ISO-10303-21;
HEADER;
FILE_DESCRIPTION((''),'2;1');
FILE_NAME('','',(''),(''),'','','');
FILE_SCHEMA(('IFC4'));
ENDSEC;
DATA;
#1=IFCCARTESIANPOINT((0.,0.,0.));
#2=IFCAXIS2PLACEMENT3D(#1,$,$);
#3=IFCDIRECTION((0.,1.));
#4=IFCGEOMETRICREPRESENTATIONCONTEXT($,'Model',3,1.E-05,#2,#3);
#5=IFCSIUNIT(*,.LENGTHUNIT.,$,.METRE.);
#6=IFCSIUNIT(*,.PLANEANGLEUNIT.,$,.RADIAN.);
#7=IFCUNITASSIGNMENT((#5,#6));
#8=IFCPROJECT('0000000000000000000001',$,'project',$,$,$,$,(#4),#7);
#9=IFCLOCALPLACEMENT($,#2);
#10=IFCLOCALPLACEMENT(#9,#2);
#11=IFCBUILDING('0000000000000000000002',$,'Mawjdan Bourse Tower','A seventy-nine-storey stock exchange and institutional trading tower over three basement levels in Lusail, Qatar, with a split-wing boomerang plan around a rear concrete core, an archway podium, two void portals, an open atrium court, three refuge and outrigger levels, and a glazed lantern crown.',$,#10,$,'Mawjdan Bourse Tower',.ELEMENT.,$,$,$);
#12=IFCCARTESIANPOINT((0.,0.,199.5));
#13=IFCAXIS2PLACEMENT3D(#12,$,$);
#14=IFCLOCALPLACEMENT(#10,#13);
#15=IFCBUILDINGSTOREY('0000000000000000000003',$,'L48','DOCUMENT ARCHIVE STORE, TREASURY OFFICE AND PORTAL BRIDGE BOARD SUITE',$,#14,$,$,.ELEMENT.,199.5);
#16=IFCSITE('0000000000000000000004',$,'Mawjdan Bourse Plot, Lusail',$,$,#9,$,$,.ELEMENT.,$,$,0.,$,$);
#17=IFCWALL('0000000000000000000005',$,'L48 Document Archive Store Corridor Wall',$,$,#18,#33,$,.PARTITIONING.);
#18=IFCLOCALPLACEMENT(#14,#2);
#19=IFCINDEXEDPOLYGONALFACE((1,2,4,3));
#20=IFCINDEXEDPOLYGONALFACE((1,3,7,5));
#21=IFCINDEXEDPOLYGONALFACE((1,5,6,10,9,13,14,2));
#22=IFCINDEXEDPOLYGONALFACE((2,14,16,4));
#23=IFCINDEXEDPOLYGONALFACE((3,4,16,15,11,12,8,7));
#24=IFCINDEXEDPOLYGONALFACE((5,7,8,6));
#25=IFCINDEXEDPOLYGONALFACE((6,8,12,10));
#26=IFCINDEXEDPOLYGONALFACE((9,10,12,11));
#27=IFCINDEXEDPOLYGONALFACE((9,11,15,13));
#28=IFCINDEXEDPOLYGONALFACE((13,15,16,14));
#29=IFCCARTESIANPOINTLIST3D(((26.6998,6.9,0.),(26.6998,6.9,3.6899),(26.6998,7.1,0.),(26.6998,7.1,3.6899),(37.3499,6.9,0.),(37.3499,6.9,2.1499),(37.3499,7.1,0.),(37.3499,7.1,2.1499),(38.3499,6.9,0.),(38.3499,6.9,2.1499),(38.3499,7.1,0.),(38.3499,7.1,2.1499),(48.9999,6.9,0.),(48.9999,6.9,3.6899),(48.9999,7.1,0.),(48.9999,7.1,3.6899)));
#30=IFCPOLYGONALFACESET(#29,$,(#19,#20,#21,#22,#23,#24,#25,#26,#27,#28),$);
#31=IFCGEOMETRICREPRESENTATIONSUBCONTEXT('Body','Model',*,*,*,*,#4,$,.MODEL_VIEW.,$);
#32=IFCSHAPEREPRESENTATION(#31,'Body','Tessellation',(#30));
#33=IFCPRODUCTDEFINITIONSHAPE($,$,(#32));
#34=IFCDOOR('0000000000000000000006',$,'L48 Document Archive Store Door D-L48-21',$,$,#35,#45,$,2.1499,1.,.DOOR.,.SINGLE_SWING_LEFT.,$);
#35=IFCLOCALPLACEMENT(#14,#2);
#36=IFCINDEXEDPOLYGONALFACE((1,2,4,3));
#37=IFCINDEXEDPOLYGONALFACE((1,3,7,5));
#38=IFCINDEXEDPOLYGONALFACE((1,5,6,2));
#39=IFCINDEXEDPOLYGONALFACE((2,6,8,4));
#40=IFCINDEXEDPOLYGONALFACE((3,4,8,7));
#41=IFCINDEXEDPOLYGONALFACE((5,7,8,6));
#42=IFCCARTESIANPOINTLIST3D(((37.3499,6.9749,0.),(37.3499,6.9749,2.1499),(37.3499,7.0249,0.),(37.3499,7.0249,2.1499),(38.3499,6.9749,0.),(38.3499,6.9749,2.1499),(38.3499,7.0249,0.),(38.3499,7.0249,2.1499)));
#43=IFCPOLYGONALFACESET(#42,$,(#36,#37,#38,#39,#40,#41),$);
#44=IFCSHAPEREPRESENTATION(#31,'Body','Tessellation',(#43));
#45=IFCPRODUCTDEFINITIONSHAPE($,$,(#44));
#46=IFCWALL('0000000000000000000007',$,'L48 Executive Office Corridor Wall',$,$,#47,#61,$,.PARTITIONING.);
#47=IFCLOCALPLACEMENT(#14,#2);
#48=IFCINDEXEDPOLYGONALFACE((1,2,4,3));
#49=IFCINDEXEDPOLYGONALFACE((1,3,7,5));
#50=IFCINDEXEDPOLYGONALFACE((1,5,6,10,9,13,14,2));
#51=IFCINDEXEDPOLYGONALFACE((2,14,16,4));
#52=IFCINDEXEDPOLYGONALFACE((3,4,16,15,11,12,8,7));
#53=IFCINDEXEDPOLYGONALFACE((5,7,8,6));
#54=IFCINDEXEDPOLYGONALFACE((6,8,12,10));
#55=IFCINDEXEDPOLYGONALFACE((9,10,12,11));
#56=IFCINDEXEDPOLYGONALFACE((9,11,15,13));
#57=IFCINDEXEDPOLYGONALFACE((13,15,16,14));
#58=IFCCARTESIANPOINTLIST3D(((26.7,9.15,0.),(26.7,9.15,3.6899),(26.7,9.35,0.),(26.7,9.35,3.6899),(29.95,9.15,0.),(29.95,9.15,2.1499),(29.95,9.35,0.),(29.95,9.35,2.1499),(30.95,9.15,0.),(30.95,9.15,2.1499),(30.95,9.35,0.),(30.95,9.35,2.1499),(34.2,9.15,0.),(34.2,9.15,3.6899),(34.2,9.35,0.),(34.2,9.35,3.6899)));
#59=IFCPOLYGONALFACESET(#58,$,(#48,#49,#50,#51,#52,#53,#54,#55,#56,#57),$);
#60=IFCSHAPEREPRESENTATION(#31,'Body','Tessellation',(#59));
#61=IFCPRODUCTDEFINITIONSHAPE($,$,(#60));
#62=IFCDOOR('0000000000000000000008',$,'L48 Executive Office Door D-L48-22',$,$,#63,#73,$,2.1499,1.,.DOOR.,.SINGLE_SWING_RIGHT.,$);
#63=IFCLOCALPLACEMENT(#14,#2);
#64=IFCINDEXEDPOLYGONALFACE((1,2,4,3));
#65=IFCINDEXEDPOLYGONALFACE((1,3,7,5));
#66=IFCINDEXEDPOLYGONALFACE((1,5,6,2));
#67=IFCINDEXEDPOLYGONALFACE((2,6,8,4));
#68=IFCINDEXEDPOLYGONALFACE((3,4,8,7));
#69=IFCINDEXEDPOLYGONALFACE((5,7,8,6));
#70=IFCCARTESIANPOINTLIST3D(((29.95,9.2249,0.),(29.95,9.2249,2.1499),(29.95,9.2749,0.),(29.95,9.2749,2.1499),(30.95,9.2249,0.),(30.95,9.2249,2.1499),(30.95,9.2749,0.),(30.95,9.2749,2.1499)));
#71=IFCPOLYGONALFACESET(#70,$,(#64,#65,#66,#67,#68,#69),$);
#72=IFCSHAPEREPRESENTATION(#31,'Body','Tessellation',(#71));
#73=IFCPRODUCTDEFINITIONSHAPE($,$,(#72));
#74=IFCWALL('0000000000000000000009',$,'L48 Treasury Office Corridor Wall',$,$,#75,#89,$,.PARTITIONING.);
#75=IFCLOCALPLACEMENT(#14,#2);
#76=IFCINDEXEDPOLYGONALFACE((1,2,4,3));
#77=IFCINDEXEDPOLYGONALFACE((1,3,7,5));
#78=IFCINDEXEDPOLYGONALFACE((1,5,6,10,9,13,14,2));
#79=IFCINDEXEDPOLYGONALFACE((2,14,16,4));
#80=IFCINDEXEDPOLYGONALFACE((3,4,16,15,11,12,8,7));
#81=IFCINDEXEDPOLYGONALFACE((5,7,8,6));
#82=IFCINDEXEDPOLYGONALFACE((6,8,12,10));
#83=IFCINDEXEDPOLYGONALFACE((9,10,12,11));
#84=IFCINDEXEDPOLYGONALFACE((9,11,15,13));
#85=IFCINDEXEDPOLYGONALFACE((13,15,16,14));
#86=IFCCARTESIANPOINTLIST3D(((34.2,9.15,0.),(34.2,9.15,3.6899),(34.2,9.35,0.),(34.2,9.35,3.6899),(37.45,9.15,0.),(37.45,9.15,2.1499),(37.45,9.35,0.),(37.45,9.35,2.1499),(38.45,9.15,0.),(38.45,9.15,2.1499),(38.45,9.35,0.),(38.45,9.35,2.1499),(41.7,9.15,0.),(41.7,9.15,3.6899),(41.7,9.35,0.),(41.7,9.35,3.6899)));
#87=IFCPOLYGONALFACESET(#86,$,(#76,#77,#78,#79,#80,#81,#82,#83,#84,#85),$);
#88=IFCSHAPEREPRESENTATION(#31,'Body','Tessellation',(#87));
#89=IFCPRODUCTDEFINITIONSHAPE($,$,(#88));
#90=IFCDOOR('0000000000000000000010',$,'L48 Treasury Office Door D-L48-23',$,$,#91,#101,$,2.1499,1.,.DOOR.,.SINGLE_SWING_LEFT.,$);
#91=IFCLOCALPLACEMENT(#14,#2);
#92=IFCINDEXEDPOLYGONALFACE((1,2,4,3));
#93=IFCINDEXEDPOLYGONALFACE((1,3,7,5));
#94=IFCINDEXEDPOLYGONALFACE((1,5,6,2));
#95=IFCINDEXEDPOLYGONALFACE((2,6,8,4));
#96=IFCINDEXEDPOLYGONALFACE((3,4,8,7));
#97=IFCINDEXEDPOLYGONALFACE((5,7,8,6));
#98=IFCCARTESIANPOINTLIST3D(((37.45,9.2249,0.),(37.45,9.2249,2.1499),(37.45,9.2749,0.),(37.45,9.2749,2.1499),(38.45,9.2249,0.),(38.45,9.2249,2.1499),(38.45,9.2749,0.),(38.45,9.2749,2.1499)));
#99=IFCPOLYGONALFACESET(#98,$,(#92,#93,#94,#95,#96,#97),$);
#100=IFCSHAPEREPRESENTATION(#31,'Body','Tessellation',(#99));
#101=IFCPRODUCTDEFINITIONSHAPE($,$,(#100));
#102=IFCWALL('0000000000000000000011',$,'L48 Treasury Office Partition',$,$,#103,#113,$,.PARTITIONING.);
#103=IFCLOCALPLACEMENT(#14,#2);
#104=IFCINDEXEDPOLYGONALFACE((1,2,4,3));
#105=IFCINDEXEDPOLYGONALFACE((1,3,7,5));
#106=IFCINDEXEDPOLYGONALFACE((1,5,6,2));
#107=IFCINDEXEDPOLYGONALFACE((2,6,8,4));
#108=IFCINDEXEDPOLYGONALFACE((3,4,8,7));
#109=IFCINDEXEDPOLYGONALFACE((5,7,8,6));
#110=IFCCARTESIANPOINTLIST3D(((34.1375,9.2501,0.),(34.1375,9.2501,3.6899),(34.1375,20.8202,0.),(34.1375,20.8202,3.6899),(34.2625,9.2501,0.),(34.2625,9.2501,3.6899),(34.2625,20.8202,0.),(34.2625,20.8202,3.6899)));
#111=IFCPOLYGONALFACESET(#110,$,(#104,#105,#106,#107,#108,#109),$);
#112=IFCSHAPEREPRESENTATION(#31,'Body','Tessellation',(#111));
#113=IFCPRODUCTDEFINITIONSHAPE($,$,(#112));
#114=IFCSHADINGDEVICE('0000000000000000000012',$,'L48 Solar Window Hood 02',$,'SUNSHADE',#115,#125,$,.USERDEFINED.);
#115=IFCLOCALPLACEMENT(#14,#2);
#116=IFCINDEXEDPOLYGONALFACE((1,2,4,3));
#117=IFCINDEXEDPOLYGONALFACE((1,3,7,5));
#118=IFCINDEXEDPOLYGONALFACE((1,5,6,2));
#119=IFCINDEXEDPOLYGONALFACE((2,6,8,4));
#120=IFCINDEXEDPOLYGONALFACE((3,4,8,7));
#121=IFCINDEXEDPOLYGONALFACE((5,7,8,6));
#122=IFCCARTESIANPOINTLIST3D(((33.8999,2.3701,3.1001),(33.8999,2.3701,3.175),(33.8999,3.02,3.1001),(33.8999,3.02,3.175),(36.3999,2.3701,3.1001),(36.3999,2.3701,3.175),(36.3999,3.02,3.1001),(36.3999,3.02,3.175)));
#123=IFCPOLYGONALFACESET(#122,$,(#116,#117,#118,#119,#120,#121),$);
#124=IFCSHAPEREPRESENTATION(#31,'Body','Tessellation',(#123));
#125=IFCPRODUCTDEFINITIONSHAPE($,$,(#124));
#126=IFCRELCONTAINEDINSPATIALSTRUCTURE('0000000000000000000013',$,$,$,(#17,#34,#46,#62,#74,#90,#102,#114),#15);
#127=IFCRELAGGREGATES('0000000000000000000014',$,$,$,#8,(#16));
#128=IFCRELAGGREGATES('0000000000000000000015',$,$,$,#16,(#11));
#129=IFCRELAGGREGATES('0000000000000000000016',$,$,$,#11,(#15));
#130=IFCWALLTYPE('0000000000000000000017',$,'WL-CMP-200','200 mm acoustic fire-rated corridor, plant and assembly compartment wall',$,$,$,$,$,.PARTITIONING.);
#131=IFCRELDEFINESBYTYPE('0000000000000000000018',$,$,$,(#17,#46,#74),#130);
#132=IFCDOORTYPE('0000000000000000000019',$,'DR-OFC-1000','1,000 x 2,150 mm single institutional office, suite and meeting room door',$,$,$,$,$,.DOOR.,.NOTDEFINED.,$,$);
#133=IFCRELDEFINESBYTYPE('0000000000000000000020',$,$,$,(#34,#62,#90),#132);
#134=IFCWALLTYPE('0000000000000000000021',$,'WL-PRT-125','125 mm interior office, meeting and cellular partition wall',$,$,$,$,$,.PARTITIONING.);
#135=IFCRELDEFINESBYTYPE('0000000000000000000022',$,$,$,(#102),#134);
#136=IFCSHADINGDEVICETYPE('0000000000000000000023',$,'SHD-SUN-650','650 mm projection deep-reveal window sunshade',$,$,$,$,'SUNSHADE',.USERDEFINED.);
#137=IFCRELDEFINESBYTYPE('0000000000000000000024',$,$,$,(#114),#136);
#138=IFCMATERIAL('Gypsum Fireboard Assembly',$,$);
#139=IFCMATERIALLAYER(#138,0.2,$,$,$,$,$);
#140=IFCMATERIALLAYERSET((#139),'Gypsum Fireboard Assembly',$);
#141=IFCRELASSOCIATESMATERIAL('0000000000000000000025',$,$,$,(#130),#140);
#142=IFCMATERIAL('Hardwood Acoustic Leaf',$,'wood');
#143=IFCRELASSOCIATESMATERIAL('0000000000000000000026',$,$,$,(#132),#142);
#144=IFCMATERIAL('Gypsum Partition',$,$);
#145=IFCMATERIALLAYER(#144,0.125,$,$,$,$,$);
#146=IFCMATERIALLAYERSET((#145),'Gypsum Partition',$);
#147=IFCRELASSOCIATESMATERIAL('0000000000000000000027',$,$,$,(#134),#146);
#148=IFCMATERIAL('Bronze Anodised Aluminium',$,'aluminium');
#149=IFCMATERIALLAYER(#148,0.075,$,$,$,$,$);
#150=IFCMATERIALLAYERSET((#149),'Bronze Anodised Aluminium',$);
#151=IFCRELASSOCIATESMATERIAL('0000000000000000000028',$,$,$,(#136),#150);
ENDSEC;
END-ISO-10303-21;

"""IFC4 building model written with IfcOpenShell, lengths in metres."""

from ifc_helpers import new_model, si_unit, direction, frame, frame_2d, origin, origin_2d, place, context, subcontext, project, spatial, rectangle, extrude, material, layer, layer_set, type_object, element, fill, save


model = new_model("IFC4")

# Units and contexts
model_context = context("Model", 3, precision=1e-05, world=origin(), true_north=direction((0.0, 1.0)))
body_context = subcontext(model_context, "Body", "Model", "MODEL_VIEW")
ifc_project = project(units=[si_unit("LENGTHUNIT", "METRE"), si_unit("PLANEANGLEUNIT", "RADIAN")], contexts=[model_context])

# Site, building, storey
site_placement = place(None, origin())
site = spatial("IfcSite", under=ifc_project, at=site_placement, Name="Mawjdan Bourse Plot, Lusail", CompositionType="ELEMENT", RefElevation=0.0)
building_placement = place(site_placement, origin())
building = spatial("IfcBuilding", under=site, at=building_placement, Name="Mawjdan Bourse Tower", Description="A seventy-nine-storey stock exchange and institutional trading tower over three basement levels in Lusail, Qatar, with a split-wing boomerang plan around a rear concrete core, an archway podium, two void portals, an open atrium court, three refuge and outrigger levels, and a glazed lantern crown.", LongName="Mawjdan Bourse Tower", CompositionType="ELEMENT")
storey_placement = place(building_placement, frame((0.0, 0.0, 199.5)))
storey = spatial("IfcBuildingStorey", under=building, at=storey_placement, Name="L48", Description="DOCUMENT ARCHIVE STORE, TREASURY OFFICE AND PORTAL BRIDGE BOARD SUITE", CompositionType="ELEMENT", Elevation=199.5)

# Shared definitions
ifc_material_1 = material(Name="Gypsum Fireboard Assembly")
ifc_layer_1 = layer(ifc_material_1, 0.2)
ifc_layer_set_1 = layer_set([ifc_layer_1], Name="Gypsum Fireboard Assembly")
wall_type_1 = type_object("IfcWallType", Name="WL-CMP-200", Description="200 mm acoustic fire-rated corridor, plant and assembly compartment wall", PredefinedType="PARTITIONING", material=ifc_layer_set_1)

# Walls, openings, doors
wall_1_placement = place(storey_placement, frame((26.7, 7.0, 0.0), z_axis=(0.0, 0.0, 1.0), x_axis=(1.0, 0.0, 0.0)))
wall_1 = element("IfcWall", 1, at=wall_1_placement, inside=storey, type_object=wall_type_1, Name="L48 Document Archive Store Corridor Wall", PredefinedType="PARTITIONING", context=body_context, shape_type="SweptSolid", body=[
    extrude(rectangle(XDim=22.3, YDim=0.2, at=frame_2d((11.1499, 0.0))), origin(), (0.0, 0.0, 1.0), 3.6899),
])
opening_1_placement = place(wall_1_placement, frame((10.6499, 0.0, 0.0)))
opening_1 = element("IfcOpeningElement", 2, at=opening_1_placement, cuts=wall_1, PredefinedType="OPENING", context=body_context, shape_type="SweptSolid", body=[
    extrude(rectangle(XDim=1.0, YDim=2.1499, at=frame_2d((0.5, 1.075))), frame((0.0, 0.1099, 0.0), z_axis=(0.0, -1.0, 0.0), x_axis=(1.0, 0.0, 0.0)), (0.0, 0.0, 1.0), 0.22),
])
ifc_material_2 = material(Name="Hardwood Acoustic Leaf", Category="wood")
door_type = type_object("IfcDoorType", Name="DR-OFC-1000", Description="1,000 x 2,150 mm single institutional office, suite and meeting room door", OperationType="NOTDEFINED", PredefinedType="DOOR", material=ifc_material_2)
door_1_placement = place(opening_1_placement, origin())
door_1 = element("IfcDoor", 3, at=door_1_placement, inside=storey, type_object=door_type, Name="L48 Document Archive Store Door D-L48-21", OperationType="SINGLE_SWING_LEFT", OverallHeight=2.1499, OverallWidth=1.0, PredefinedType="DOOR", context=body_context, shape_type="SweptSolid", body=[
    extrude(rectangle(XDim=1.0, YDim=2.1499, at=frame_2d((0.5, 1.075))), frame((0.0, 0.0249, 0.0), z_axis=(0.0, -1.0, 0.0), x_axis=(1.0, 0.0, 0.0)), (0.0, 0.0, 1.0), 0.05),
])
fill(opening_1, door_1)
wall_2_placement = place(storey_placement, frame((26.7, 9.25, 0.0), z_axis=(0.0, 0.0, 1.0), x_axis=(1.0, 0.0, 0.0)))
wall_2 = element("IfcWall", 4, at=wall_2_placement, inside=storey, type_object=wall_type_1, Name="L48 Executive Office Corridor Wall", PredefinedType="PARTITIONING", context=body_context, shape_type="SweptSolid", body=[
    extrude(rectangle(XDim=7.5, YDim=0.2, at=frame_2d((3.75, 0.0))), origin(), (0.0, 0.0, 1.0), 3.6899),
])
opening_2_placement = place(wall_2_placement, frame((3.25, 0.0, 0.0)))
opening_2 = element("IfcOpeningElement", 5, at=opening_2_placement, cuts=wall_2, PredefinedType="OPENING", context=body_context, shape_type="SweptSolid", body=[
    extrude(rectangle(XDim=1.0, YDim=2.1499, at=frame_2d((0.5, 1.075))), frame((0.0, 0.1099, 0.0), z_axis=(0.0, -1.0, 0.0), x_axis=(1.0, 0.0, 0.0)), (0.0, 0.0, 1.0), 0.22),
])
door_2_placement = place(opening_2_placement, origin())
door_2 = element("IfcDoor", 6, at=door_2_placement, inside=storey, type_object=door_type, Name="L48 Executive Office Door D-L48-22", OperationType="SINGLE_SWING_RIGHT", OverallHeight=2.1499, OverallWidth=1.0, PredefinedType="DOOR", context=body_context, shape_type="SweptSolid", body=[
    extrude(rectangle(XDim=1.0, YDim=2.1499, at=frame_2d((0.5, 1.075))), frame((0.0, 0.0249, 0.0), z_axis=(0.0, -1.0, 0.0), x_axis=(1.0, 0.0, 0.0)), (0.0, 0.0, 1.0), 0.05),
])
fill(opening_2, door_2)
wall_3_placement = place(storey_placement, frame((34.2, 9.25, 0.0), z_axis=(0.0, 0.0, 1.0), x_axis=(1.0, 0.0, 0.0)))
wall_3 = element("IfcWall", 7, at=wall_3_placement, inside=storey, type_object=wall_type_1, Name="L48 Treasury Office Corridor Wall", PredefinedType="PARTITIONING", context=body_context, shape_type="SweptSolid", body=[
    extrude(rectangle(XDim=7.5, YDim=0.2, at=frame_2d((3.75, 0.0))), origin(), (0.0, 0.0, 1.0), 3.6899),
])
opening_3_placement = place(wall_3_placement, frame((3.25, 0.0, 0.0)))
opening_3 = element("IfcOpeningElement", 8, at=opening_3_placement, cuts=wall_3, PredefinedType="OPENING", context=body_context, shape_type="SweptSolid", body=[
    extrude(rectangle(XDim=1.0, YDim=2.1499, at=frame_2d((0.5, 1.075))), frame((0.0, 0.1099, 0.0), z_axis=(0.0, -1.0, 0.0), x_axis=(1.0, 0.0, 0.0)), (0.0, 0.0, 1.0), 0.22),
])
door_3_placement = place(opening_3_placement, origin())
door_3 = element("IfcDoor", 9, at=door_3_placement, inside=storey, type_object=door_type, Name="L48 Treasury Office Door D-L48-23", OperationType="SINGLE_SWING_LEFT", OverallHeight=2.1499, OverallWidth=1.0, PredefinedType="DOOR", context=body_context, shape_type="SweptSolid", body=[
    extrude(rectangle(XDim=1.0, YDim=2.1499, at=frame_2d((0.5, 1.075))), frame((0.0, 0.0249, 0.0), z_axis=(0.0, -1.0, 0.0), x_axis=(1.0, 0.0, 0.0)), (0.0, 0.0, 1.0), 0.05),
])
fill(opening_3, door_3)

# Wall
ifc_material_3 = material(Name="Gypsum Partition")
ifc_layer_2 = layer(ifc_material_3, 0.125)
ifc_layer_set_2 = layer_set([ifc_layer_2], Name="Gypsum Partition")
wall_type_2 = type_object("IfcWallType", Name="WL-PRT-125", Description="125 mm interior office, meeting and cellular partition wall", PredefinedType="PARTITIONING", material=ifc_layer_set_2)
wall_4_placement = place(storey_placement, frame((34.2, 9.25, 0.0), z_axis=(0.0, 0.0, 1.0), x_axis=(0.0, 1.0, 0.0)))
element("IfcWall", 10, at=wall_4_placement, inside=storey, type_object=wall_type_2, Name="L48 Treasury Office Partition", PredefinedType="PARTITIONING", context=body_context, shape_type="SweptSolid", body=[
    extrude(rectangle(XDim=11.5701, YDim=0.125, at=frame_2d((5.7852, 0.0))), origin(), (0.0, 0.0, 1.0), 3.6899),
])

# Shading device
ifc_material_4 = material(Name="Bronze Anodised Aluminium", Category="aluminium")
ifc_layer_3 = layer(ifc_material_4, 0.075)
ifc_layer_set_3 = layer_set([ifc_layer_3], Name="Bronze Anodised Aluminium")
shading_device_type = type_object("IfcShadingDeviceType", Name="SHD-SUN-650", Description="650 mm projection deep-reveal window sunshade", ElementType="SUNSHADE", PredefinedType="USERDEFINED", material=ifc_layer_set_3)
shading_device_placement = place(storey_placement, frame((35.1499, 2.6951, 3.1001), z_axis=(0.0, 0.0, 1.0), x_axis=(1.0, 0.0, 0.0)))
element("IfcShadingDevice", 11, at=shading_device_placement, inside=storey, type_object=shading_device_type, Name="L48 Solar Window Hood 02", ObjectType="SUNSHADE", PredefinedType="USERDEFINED", context=body_context, shape_type="SweptSolid", body=[
    extrude(rectangle(XDim=2.5, YDim=0.6499, at=origin_2d()), origin(), (0.0, 0.0, 1.0), 0.075),
])

save(model, "model.ifc")
